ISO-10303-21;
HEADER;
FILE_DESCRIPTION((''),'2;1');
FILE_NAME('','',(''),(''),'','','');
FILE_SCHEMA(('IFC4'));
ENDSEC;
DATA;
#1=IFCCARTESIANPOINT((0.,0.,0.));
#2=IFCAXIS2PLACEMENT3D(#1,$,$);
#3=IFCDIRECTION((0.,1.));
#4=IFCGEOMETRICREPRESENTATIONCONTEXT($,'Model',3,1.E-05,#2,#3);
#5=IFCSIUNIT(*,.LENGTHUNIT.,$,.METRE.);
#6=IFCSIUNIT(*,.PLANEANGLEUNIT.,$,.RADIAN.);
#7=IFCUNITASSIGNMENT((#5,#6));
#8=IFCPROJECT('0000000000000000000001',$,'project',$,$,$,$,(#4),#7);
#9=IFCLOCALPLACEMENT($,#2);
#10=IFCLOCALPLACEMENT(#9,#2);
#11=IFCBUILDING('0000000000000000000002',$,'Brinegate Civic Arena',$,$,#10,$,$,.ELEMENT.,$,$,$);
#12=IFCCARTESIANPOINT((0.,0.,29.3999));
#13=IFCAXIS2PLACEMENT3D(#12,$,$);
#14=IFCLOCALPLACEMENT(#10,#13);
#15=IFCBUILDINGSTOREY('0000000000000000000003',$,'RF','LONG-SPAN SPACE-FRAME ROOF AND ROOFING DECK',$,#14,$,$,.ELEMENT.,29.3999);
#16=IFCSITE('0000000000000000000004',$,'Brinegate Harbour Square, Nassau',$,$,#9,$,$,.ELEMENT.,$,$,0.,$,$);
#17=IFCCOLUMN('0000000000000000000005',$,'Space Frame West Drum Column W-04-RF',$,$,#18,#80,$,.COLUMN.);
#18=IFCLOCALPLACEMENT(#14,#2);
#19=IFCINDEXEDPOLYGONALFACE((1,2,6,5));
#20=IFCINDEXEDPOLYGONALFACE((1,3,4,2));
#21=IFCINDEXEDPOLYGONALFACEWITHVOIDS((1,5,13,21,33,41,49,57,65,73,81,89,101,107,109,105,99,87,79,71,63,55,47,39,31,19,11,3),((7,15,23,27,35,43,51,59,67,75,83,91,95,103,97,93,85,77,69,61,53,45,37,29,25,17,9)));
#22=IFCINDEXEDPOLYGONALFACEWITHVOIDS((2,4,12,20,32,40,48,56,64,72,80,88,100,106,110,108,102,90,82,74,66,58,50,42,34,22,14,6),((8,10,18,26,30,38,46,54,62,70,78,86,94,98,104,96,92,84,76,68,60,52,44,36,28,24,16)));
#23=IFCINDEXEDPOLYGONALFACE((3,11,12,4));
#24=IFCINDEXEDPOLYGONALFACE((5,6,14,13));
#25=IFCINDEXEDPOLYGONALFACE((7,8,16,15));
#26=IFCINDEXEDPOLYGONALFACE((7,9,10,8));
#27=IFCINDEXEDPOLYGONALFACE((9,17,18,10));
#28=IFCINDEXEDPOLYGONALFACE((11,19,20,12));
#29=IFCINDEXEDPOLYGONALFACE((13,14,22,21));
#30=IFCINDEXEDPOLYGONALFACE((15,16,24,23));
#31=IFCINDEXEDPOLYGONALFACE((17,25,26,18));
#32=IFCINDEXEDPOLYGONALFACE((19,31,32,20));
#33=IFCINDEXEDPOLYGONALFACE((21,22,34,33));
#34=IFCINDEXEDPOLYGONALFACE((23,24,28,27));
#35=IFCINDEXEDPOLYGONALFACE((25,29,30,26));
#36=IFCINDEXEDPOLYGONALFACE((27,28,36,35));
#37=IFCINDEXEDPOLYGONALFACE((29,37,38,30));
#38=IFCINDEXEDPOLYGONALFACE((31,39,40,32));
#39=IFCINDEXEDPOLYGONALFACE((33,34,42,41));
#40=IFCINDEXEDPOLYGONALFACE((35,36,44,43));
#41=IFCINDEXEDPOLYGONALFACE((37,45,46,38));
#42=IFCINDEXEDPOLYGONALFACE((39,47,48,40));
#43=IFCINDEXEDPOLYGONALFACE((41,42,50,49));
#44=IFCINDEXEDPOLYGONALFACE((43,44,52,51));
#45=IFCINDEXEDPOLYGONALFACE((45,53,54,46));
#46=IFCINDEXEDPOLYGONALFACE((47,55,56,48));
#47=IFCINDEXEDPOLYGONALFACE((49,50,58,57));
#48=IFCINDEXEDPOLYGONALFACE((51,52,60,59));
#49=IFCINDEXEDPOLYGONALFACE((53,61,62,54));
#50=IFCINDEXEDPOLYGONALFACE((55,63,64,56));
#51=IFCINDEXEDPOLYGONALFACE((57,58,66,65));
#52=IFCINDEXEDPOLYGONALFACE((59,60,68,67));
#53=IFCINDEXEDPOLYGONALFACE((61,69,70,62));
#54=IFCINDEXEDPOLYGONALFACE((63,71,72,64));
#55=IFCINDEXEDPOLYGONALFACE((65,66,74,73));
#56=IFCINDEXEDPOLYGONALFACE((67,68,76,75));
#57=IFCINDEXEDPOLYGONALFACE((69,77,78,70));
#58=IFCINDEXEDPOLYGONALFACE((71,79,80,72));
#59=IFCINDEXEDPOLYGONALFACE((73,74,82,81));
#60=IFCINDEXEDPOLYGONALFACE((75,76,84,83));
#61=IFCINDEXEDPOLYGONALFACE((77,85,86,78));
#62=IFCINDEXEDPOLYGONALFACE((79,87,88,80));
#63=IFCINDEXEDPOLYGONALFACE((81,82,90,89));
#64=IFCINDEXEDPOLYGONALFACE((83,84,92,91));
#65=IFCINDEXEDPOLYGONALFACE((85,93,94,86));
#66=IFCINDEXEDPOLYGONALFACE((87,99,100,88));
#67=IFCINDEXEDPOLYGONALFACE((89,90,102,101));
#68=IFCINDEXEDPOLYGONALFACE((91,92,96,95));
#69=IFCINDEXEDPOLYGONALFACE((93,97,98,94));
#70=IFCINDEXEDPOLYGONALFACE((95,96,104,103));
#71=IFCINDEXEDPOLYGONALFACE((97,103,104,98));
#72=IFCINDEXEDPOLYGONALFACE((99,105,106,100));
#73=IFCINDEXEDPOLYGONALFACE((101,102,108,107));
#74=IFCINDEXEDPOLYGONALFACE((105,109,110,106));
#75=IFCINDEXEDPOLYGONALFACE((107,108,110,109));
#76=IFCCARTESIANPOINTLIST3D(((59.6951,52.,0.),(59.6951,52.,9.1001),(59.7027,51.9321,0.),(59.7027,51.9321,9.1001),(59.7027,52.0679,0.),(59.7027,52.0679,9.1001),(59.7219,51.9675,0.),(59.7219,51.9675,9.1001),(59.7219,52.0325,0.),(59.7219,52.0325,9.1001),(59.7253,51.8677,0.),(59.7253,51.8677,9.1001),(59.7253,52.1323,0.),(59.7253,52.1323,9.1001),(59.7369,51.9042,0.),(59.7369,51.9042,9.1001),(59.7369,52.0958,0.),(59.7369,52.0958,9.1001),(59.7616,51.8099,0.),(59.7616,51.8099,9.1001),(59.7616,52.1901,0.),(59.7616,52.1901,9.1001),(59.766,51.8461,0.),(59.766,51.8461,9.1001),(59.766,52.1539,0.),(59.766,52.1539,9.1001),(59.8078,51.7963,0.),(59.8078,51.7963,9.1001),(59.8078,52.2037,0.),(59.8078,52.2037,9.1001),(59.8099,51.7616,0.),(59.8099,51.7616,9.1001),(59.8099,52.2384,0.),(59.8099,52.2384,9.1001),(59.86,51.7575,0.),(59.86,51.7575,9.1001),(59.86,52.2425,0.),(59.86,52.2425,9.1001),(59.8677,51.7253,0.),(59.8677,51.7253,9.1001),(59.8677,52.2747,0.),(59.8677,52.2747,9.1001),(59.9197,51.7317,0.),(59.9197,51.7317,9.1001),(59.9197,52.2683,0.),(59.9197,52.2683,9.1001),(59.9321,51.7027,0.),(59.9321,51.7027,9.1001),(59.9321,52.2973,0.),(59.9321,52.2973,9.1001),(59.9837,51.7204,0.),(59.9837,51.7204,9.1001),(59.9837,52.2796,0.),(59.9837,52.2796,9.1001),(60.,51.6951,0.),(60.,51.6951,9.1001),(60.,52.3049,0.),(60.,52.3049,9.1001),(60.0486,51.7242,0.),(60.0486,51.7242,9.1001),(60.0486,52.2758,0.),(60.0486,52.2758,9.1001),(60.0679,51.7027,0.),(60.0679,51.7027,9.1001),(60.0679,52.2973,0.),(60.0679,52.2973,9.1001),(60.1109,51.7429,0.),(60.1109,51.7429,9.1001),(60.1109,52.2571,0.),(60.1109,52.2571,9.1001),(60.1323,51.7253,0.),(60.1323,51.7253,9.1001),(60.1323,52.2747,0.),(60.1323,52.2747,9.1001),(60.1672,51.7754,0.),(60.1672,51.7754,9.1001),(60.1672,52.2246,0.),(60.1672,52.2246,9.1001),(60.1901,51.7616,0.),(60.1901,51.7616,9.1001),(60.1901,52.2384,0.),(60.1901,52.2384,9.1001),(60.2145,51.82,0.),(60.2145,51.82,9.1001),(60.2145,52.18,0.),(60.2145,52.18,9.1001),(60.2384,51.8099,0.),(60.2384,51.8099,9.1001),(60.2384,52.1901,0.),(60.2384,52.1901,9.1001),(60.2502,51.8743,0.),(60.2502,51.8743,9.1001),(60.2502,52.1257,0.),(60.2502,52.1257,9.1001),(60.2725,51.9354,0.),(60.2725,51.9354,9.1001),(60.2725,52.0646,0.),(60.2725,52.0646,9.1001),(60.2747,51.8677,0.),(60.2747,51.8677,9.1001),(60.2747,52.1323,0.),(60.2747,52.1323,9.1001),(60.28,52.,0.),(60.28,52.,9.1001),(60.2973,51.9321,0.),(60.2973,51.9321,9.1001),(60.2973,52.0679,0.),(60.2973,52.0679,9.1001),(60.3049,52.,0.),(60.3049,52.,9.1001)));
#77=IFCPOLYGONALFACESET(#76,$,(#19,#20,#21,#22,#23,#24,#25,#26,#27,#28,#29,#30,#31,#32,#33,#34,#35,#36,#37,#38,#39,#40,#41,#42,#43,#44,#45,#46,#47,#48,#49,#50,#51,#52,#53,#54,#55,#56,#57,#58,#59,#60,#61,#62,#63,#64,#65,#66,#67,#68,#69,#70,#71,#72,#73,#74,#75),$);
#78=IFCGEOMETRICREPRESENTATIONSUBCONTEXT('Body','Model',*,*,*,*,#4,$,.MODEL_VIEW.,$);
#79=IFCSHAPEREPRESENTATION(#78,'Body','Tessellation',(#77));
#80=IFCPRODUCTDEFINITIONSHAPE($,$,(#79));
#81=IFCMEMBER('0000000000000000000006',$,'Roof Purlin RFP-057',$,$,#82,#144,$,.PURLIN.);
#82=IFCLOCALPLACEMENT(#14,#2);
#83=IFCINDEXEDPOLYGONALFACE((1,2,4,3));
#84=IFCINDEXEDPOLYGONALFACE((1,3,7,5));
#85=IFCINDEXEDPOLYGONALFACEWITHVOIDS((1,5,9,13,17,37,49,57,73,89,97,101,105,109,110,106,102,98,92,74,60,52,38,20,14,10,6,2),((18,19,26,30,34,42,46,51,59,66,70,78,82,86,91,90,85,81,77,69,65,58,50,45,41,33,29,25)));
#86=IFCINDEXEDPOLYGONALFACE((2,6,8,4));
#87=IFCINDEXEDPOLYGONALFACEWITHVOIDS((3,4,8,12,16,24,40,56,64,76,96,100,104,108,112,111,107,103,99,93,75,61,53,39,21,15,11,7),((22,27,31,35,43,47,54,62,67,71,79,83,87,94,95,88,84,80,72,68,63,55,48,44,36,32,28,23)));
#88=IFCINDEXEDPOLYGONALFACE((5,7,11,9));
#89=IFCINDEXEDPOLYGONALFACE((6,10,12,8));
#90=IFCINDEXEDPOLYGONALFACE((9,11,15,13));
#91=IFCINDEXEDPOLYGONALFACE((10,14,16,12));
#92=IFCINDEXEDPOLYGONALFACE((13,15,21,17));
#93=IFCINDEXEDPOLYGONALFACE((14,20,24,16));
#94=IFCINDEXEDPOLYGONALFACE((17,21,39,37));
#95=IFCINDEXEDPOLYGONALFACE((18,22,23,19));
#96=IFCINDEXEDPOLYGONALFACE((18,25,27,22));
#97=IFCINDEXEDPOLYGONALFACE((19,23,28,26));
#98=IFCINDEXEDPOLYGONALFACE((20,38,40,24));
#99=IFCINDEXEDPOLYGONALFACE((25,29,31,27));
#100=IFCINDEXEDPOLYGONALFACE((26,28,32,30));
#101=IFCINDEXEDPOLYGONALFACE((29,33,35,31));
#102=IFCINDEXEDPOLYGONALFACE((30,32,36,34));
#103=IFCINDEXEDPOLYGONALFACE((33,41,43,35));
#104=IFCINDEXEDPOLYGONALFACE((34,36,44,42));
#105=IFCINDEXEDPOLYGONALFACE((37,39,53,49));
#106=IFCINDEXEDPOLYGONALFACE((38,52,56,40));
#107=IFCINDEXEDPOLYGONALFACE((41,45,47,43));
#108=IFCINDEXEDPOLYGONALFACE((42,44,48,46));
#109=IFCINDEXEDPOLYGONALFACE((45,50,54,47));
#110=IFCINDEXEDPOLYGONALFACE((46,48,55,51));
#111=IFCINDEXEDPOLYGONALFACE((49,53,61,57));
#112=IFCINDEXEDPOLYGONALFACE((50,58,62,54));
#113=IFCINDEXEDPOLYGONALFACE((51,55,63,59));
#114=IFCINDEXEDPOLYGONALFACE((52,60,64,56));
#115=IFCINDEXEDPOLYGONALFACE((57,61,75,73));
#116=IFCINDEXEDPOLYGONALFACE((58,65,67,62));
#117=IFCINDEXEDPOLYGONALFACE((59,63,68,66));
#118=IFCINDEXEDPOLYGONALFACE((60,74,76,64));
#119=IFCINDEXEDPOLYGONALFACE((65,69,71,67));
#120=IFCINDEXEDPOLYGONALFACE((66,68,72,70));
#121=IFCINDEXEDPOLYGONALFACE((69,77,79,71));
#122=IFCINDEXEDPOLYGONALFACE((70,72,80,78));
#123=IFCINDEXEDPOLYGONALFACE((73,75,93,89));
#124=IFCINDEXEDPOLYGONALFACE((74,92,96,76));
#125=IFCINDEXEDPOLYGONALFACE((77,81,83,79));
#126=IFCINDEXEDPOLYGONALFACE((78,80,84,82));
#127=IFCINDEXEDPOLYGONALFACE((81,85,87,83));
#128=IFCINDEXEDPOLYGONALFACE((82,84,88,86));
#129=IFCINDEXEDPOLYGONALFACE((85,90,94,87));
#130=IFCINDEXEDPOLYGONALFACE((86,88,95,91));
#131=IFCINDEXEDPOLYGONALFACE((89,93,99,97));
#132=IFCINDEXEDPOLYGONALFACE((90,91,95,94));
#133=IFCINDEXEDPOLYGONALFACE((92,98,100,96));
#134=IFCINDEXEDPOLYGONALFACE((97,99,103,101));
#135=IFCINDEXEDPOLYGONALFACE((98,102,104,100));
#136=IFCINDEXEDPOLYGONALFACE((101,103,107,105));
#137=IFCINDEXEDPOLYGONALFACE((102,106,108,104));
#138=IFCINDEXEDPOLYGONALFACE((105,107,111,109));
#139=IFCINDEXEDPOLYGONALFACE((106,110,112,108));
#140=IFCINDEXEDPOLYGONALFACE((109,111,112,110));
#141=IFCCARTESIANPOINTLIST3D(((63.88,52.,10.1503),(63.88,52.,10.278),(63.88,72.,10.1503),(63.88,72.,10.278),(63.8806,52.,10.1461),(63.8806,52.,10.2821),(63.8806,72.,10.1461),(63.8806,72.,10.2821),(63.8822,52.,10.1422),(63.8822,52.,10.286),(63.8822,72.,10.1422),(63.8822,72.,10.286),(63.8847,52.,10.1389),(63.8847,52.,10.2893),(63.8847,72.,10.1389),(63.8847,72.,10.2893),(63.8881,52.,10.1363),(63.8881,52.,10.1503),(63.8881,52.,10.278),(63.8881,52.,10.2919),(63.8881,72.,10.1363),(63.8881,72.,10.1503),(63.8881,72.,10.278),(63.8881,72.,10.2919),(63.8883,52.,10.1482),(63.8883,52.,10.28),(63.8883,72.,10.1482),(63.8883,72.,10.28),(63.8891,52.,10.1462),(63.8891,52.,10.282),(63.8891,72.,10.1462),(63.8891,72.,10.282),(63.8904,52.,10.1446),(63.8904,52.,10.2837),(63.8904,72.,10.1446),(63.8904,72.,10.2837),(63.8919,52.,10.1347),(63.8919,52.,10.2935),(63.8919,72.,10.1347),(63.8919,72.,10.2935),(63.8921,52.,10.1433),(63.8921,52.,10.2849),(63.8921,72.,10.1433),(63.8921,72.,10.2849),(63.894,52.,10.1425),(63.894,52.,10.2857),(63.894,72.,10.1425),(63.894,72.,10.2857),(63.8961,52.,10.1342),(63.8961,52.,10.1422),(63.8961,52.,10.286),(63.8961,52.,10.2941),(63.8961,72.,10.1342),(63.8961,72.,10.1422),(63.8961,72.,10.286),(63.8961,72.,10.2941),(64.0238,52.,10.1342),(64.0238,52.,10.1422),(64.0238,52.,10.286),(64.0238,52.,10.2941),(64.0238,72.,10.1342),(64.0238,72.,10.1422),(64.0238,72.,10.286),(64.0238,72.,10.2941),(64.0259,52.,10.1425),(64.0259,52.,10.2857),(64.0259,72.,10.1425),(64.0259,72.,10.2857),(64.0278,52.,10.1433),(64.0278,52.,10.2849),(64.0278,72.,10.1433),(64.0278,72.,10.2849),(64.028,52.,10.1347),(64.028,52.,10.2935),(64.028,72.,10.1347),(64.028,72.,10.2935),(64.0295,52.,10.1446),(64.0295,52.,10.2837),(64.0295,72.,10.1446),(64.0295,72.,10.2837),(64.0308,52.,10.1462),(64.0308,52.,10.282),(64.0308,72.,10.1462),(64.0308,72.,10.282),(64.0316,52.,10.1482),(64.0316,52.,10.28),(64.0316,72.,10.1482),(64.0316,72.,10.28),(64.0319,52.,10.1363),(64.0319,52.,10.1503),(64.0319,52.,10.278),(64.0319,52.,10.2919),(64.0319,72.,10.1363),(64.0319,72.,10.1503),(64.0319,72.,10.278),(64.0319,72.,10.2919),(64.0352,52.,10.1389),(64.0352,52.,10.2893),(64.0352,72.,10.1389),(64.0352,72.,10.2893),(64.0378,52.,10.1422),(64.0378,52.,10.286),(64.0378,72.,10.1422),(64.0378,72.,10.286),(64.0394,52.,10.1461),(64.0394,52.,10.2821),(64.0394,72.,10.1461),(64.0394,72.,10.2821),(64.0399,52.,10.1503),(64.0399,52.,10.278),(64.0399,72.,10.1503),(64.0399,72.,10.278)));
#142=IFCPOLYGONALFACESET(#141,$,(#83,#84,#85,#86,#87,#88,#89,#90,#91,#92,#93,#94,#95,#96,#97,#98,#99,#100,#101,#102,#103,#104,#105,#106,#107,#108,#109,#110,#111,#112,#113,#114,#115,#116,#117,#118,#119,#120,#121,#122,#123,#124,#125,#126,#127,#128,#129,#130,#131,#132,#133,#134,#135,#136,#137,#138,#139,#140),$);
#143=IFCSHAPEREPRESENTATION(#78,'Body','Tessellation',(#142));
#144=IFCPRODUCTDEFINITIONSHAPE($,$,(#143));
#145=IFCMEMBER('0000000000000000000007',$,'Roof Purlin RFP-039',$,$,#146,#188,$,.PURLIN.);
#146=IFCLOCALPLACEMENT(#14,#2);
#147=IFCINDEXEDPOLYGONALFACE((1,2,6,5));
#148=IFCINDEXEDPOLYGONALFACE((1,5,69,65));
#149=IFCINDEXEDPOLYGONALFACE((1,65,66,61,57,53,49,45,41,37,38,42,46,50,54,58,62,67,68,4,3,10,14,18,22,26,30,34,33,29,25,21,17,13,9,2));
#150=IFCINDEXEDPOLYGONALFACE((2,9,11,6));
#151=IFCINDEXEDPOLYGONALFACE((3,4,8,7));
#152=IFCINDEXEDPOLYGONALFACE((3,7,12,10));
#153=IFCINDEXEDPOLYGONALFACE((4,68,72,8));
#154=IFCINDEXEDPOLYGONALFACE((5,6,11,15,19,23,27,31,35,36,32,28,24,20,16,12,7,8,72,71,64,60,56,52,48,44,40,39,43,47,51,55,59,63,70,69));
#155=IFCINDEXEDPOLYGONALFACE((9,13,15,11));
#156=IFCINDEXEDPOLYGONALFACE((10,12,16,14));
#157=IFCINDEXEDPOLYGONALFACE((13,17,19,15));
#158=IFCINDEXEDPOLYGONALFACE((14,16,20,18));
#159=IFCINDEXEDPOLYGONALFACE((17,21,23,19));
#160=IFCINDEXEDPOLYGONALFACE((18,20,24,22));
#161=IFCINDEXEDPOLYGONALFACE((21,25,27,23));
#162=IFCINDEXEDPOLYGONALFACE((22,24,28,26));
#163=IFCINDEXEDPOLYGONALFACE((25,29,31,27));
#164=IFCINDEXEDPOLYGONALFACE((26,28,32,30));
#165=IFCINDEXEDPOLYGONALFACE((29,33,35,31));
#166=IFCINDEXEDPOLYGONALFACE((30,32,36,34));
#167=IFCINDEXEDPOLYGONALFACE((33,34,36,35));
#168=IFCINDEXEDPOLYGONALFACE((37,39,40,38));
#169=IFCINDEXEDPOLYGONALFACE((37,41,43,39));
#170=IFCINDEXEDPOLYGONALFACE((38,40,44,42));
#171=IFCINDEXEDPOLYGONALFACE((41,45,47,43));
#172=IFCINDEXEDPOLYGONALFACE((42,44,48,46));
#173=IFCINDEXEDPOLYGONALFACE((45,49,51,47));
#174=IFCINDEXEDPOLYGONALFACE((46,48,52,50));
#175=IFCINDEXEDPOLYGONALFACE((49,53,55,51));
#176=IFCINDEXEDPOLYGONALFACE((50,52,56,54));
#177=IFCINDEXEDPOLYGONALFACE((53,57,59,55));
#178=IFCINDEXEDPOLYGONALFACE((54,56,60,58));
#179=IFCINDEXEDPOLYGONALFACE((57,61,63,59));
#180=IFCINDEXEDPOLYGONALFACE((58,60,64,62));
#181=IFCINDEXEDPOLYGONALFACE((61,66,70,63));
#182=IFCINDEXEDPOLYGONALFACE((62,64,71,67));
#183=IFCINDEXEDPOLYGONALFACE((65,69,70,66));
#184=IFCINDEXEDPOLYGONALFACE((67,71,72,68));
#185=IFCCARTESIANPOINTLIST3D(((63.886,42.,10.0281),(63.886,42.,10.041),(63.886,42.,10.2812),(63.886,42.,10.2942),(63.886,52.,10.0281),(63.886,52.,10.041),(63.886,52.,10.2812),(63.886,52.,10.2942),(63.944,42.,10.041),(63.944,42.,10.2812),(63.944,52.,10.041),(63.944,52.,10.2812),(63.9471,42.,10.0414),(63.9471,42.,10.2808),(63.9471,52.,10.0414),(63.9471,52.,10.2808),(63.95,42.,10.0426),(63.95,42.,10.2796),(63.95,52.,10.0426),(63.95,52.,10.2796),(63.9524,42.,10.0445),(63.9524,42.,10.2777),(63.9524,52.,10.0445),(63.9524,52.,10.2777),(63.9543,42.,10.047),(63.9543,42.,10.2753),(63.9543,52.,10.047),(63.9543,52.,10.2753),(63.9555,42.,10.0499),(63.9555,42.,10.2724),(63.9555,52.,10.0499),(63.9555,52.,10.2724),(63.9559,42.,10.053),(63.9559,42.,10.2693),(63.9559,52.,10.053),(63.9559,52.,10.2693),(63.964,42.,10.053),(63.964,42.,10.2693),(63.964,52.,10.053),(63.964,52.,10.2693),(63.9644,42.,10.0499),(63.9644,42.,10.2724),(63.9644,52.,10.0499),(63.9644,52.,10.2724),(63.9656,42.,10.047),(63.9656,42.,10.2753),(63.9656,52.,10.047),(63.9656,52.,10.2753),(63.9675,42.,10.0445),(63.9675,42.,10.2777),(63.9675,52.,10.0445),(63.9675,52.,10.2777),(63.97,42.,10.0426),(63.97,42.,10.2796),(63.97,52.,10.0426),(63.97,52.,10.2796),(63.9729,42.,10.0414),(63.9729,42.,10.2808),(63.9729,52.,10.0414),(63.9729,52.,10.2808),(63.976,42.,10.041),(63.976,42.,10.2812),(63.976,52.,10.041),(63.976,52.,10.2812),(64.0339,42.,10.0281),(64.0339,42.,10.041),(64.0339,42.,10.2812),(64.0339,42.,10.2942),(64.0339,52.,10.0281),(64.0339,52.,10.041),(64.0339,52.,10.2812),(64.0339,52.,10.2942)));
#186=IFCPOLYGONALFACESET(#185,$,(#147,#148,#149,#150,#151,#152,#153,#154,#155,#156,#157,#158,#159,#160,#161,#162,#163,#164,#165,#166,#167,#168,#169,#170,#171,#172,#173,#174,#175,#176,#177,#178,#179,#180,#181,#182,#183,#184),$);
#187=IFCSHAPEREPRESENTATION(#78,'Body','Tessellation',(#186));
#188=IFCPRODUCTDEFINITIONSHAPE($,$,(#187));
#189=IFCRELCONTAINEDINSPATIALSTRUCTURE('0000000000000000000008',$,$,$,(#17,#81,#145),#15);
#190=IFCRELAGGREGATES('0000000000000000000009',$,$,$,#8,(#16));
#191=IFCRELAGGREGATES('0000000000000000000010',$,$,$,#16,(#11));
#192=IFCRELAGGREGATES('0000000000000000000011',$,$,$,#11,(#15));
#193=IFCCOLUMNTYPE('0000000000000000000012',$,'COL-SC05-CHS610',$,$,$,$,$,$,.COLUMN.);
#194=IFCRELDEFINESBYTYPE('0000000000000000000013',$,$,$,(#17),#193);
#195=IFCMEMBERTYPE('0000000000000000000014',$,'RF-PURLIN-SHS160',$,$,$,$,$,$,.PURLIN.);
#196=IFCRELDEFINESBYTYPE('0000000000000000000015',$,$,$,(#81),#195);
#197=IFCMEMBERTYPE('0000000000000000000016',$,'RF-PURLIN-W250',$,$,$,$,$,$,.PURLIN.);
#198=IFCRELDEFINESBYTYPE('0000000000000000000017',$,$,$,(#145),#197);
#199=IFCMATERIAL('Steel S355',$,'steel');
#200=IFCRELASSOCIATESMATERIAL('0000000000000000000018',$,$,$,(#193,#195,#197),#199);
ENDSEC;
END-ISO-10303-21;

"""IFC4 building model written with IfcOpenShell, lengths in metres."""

from ifc_helpers import new_model, si_unit, direction, frame, origin, origin_2d, place, context, subcontext, project, spatial, hollow_rectangle, hollow_circle, i_section, extrude, material, material_profile, profile_set, type_object, element, save


model = new_model("IFC4")

# Units and contexts
model_context = context("Model", 3, precision=1e-05, world=origin(), true_north=direction((0.0, 1.0)))
body_context = subcontext(model_context, "Body", "Model", "MODEL_VIEW")
ifc_project = project(units=[si_unit("LENGTHUNIT", "METRE"), si_unit("PLANEANGLEUNIT", "RADIAN")], contexts=[model_context])

# Site, building, storey
site_placement = place(None, origin())
site = spatial("IfcSite", under=ifc_project, at=site_placement, Name="Brinegate Harbour Square, Nassau", CompositionType="ELEMENT", RefElevation=0.0)
building_placement = place(site_placement, origin())
building = spatial("IfcBuilding", under=site, at=building_placement, Name="Brinegate Civic Arena", CompositionType="ELEMENT")
storey_placement = place(building_placement, frame((0.0, 0.0, 29.3999)))
storey = spatial("IfcBuildingStorey", under=building, at=storey_placement, Name="RF", Description="LONG-SPAN SPACE-FRAME ROOF AND ROOFING DECK", CompositionType="ELEMENT", Elevation=29.3999)

# Column
ifc_material_1 = material(Name="Steel S355", Category="steel")
ifc_material_profile_1 = material_profile(ifc_material_1, hollow_circle(Radius=0.3049, WallThickness=0.0249, at=origin_2d()), Name="CHS610X25")
ifc_profile_set_1 = profile_set([ifc_material_profile_1], Name="Steel S355")
column_type = type_object("IfcColumnType", Name="COL-SC05-CHS610", PredefinedType="COLUMN", material=ifc_profile_set_1)
column_placement = place(storey_placement, frame((60.0, 52.0, 0.0), z_axis=(0.0, 0.0, 1.0), x_axis=(1.0, 0.0, 0.0)))
element("IfcColumn", 1, at=column_placement, inside=storey, type_object=column_type, Name="Space Frame West Drum Column W-04-RF", PredefinedType="COLUMN", context=body_context, shape_type="SweptSolid", body=[
    extrude(hollow_circle(Radius=0.3049, WallThickness=0.0249, at=origin_2d()), origin(), (0.0, 0.0, 1.0), 9.1001),
])

# Members
ifc_material_profile_2 = material_profile(ifc_material_1, hollow_rectangle(XDim=0.1599, YDim=0.1599, WallThickness=0.0081, InnerFilletRadius=0.0081, OuterFilletRadius=0.0161, at=origin_2d()), Name="SHS160X8")
ifc_profile_set_2 = profile_set([ifc_material_profile_2], Name="Steel S355")
member_type_1 = type_object("IfcMemberType", Name="RF-PURLIN-SHS160", PredefinedType="PURLIN", material=ifc_profile_set_2)
member_1_placement = place(storey_placement, frame((63.96, 52.0, 10.2141), z_axis=(0.0, 1.0, 0.0), x_axis=(-1.0, 0.0, 0.0)))
element("IfcMember", 2, at=member_1_placement, inside=storey, type_object=member_type_1, Name="Roof Purlin RFP-057", PredefinedType="PURLIN", context=body_context, shape_type="SweptSolid", body=[
    extrude(hollow_rectangle(XDim=0.1599, YDim=0.1599, WallThickness=0.0081, InnerFilletRadius=0.0081, OuterFilletRadius=0.0161, at=origin_2d()), origin(), (0.0, 0.0, 1.0), 20.0),
])
ifc_material_profile_3 = material_profile(ifc_material_1, i_section(OverallWidth=0.1479, OverallDepth=0.2661, WebThickness=0.0081, FlangeThickness=0.0129, FilletRadius=0.012, at=origin_2d()), Name="W250X45")
ifc_profile_set_3 = profile_set([ifc_material_profile_3], Name="Steel S355")
member_type_2 = type_object("IfcMemberType", Name="RF-PURLIN-W250", PredefinedType="PURLIN", material=ifc_profile_set_3)
member_2_placement = place(storey_placement, frame((63.96, 42.0, 10.1611), z_axis=(0.0, 1.0, 0.0), x_axis=(-1.0, 0.0, 0.0)))
element("IfcMember", 3, at=member_2_placement, inside=storey, type_object=member_type_2, Name="Roof Purlin RFP-039", PredefinedType="PURLIN", context=body_context, shape_type="SweptSolid", body=[
    extrude(i_section(OverallWidth=0.1479, OverallDepth=0.2661, WebThickness=0.0081, FlangeThickness=0.0129, FilletRadius=0.012, at=origin_2d()), origin(), (0.0, 0.0, 1.0), 10.0),
])

save(model, "model.ifc")
